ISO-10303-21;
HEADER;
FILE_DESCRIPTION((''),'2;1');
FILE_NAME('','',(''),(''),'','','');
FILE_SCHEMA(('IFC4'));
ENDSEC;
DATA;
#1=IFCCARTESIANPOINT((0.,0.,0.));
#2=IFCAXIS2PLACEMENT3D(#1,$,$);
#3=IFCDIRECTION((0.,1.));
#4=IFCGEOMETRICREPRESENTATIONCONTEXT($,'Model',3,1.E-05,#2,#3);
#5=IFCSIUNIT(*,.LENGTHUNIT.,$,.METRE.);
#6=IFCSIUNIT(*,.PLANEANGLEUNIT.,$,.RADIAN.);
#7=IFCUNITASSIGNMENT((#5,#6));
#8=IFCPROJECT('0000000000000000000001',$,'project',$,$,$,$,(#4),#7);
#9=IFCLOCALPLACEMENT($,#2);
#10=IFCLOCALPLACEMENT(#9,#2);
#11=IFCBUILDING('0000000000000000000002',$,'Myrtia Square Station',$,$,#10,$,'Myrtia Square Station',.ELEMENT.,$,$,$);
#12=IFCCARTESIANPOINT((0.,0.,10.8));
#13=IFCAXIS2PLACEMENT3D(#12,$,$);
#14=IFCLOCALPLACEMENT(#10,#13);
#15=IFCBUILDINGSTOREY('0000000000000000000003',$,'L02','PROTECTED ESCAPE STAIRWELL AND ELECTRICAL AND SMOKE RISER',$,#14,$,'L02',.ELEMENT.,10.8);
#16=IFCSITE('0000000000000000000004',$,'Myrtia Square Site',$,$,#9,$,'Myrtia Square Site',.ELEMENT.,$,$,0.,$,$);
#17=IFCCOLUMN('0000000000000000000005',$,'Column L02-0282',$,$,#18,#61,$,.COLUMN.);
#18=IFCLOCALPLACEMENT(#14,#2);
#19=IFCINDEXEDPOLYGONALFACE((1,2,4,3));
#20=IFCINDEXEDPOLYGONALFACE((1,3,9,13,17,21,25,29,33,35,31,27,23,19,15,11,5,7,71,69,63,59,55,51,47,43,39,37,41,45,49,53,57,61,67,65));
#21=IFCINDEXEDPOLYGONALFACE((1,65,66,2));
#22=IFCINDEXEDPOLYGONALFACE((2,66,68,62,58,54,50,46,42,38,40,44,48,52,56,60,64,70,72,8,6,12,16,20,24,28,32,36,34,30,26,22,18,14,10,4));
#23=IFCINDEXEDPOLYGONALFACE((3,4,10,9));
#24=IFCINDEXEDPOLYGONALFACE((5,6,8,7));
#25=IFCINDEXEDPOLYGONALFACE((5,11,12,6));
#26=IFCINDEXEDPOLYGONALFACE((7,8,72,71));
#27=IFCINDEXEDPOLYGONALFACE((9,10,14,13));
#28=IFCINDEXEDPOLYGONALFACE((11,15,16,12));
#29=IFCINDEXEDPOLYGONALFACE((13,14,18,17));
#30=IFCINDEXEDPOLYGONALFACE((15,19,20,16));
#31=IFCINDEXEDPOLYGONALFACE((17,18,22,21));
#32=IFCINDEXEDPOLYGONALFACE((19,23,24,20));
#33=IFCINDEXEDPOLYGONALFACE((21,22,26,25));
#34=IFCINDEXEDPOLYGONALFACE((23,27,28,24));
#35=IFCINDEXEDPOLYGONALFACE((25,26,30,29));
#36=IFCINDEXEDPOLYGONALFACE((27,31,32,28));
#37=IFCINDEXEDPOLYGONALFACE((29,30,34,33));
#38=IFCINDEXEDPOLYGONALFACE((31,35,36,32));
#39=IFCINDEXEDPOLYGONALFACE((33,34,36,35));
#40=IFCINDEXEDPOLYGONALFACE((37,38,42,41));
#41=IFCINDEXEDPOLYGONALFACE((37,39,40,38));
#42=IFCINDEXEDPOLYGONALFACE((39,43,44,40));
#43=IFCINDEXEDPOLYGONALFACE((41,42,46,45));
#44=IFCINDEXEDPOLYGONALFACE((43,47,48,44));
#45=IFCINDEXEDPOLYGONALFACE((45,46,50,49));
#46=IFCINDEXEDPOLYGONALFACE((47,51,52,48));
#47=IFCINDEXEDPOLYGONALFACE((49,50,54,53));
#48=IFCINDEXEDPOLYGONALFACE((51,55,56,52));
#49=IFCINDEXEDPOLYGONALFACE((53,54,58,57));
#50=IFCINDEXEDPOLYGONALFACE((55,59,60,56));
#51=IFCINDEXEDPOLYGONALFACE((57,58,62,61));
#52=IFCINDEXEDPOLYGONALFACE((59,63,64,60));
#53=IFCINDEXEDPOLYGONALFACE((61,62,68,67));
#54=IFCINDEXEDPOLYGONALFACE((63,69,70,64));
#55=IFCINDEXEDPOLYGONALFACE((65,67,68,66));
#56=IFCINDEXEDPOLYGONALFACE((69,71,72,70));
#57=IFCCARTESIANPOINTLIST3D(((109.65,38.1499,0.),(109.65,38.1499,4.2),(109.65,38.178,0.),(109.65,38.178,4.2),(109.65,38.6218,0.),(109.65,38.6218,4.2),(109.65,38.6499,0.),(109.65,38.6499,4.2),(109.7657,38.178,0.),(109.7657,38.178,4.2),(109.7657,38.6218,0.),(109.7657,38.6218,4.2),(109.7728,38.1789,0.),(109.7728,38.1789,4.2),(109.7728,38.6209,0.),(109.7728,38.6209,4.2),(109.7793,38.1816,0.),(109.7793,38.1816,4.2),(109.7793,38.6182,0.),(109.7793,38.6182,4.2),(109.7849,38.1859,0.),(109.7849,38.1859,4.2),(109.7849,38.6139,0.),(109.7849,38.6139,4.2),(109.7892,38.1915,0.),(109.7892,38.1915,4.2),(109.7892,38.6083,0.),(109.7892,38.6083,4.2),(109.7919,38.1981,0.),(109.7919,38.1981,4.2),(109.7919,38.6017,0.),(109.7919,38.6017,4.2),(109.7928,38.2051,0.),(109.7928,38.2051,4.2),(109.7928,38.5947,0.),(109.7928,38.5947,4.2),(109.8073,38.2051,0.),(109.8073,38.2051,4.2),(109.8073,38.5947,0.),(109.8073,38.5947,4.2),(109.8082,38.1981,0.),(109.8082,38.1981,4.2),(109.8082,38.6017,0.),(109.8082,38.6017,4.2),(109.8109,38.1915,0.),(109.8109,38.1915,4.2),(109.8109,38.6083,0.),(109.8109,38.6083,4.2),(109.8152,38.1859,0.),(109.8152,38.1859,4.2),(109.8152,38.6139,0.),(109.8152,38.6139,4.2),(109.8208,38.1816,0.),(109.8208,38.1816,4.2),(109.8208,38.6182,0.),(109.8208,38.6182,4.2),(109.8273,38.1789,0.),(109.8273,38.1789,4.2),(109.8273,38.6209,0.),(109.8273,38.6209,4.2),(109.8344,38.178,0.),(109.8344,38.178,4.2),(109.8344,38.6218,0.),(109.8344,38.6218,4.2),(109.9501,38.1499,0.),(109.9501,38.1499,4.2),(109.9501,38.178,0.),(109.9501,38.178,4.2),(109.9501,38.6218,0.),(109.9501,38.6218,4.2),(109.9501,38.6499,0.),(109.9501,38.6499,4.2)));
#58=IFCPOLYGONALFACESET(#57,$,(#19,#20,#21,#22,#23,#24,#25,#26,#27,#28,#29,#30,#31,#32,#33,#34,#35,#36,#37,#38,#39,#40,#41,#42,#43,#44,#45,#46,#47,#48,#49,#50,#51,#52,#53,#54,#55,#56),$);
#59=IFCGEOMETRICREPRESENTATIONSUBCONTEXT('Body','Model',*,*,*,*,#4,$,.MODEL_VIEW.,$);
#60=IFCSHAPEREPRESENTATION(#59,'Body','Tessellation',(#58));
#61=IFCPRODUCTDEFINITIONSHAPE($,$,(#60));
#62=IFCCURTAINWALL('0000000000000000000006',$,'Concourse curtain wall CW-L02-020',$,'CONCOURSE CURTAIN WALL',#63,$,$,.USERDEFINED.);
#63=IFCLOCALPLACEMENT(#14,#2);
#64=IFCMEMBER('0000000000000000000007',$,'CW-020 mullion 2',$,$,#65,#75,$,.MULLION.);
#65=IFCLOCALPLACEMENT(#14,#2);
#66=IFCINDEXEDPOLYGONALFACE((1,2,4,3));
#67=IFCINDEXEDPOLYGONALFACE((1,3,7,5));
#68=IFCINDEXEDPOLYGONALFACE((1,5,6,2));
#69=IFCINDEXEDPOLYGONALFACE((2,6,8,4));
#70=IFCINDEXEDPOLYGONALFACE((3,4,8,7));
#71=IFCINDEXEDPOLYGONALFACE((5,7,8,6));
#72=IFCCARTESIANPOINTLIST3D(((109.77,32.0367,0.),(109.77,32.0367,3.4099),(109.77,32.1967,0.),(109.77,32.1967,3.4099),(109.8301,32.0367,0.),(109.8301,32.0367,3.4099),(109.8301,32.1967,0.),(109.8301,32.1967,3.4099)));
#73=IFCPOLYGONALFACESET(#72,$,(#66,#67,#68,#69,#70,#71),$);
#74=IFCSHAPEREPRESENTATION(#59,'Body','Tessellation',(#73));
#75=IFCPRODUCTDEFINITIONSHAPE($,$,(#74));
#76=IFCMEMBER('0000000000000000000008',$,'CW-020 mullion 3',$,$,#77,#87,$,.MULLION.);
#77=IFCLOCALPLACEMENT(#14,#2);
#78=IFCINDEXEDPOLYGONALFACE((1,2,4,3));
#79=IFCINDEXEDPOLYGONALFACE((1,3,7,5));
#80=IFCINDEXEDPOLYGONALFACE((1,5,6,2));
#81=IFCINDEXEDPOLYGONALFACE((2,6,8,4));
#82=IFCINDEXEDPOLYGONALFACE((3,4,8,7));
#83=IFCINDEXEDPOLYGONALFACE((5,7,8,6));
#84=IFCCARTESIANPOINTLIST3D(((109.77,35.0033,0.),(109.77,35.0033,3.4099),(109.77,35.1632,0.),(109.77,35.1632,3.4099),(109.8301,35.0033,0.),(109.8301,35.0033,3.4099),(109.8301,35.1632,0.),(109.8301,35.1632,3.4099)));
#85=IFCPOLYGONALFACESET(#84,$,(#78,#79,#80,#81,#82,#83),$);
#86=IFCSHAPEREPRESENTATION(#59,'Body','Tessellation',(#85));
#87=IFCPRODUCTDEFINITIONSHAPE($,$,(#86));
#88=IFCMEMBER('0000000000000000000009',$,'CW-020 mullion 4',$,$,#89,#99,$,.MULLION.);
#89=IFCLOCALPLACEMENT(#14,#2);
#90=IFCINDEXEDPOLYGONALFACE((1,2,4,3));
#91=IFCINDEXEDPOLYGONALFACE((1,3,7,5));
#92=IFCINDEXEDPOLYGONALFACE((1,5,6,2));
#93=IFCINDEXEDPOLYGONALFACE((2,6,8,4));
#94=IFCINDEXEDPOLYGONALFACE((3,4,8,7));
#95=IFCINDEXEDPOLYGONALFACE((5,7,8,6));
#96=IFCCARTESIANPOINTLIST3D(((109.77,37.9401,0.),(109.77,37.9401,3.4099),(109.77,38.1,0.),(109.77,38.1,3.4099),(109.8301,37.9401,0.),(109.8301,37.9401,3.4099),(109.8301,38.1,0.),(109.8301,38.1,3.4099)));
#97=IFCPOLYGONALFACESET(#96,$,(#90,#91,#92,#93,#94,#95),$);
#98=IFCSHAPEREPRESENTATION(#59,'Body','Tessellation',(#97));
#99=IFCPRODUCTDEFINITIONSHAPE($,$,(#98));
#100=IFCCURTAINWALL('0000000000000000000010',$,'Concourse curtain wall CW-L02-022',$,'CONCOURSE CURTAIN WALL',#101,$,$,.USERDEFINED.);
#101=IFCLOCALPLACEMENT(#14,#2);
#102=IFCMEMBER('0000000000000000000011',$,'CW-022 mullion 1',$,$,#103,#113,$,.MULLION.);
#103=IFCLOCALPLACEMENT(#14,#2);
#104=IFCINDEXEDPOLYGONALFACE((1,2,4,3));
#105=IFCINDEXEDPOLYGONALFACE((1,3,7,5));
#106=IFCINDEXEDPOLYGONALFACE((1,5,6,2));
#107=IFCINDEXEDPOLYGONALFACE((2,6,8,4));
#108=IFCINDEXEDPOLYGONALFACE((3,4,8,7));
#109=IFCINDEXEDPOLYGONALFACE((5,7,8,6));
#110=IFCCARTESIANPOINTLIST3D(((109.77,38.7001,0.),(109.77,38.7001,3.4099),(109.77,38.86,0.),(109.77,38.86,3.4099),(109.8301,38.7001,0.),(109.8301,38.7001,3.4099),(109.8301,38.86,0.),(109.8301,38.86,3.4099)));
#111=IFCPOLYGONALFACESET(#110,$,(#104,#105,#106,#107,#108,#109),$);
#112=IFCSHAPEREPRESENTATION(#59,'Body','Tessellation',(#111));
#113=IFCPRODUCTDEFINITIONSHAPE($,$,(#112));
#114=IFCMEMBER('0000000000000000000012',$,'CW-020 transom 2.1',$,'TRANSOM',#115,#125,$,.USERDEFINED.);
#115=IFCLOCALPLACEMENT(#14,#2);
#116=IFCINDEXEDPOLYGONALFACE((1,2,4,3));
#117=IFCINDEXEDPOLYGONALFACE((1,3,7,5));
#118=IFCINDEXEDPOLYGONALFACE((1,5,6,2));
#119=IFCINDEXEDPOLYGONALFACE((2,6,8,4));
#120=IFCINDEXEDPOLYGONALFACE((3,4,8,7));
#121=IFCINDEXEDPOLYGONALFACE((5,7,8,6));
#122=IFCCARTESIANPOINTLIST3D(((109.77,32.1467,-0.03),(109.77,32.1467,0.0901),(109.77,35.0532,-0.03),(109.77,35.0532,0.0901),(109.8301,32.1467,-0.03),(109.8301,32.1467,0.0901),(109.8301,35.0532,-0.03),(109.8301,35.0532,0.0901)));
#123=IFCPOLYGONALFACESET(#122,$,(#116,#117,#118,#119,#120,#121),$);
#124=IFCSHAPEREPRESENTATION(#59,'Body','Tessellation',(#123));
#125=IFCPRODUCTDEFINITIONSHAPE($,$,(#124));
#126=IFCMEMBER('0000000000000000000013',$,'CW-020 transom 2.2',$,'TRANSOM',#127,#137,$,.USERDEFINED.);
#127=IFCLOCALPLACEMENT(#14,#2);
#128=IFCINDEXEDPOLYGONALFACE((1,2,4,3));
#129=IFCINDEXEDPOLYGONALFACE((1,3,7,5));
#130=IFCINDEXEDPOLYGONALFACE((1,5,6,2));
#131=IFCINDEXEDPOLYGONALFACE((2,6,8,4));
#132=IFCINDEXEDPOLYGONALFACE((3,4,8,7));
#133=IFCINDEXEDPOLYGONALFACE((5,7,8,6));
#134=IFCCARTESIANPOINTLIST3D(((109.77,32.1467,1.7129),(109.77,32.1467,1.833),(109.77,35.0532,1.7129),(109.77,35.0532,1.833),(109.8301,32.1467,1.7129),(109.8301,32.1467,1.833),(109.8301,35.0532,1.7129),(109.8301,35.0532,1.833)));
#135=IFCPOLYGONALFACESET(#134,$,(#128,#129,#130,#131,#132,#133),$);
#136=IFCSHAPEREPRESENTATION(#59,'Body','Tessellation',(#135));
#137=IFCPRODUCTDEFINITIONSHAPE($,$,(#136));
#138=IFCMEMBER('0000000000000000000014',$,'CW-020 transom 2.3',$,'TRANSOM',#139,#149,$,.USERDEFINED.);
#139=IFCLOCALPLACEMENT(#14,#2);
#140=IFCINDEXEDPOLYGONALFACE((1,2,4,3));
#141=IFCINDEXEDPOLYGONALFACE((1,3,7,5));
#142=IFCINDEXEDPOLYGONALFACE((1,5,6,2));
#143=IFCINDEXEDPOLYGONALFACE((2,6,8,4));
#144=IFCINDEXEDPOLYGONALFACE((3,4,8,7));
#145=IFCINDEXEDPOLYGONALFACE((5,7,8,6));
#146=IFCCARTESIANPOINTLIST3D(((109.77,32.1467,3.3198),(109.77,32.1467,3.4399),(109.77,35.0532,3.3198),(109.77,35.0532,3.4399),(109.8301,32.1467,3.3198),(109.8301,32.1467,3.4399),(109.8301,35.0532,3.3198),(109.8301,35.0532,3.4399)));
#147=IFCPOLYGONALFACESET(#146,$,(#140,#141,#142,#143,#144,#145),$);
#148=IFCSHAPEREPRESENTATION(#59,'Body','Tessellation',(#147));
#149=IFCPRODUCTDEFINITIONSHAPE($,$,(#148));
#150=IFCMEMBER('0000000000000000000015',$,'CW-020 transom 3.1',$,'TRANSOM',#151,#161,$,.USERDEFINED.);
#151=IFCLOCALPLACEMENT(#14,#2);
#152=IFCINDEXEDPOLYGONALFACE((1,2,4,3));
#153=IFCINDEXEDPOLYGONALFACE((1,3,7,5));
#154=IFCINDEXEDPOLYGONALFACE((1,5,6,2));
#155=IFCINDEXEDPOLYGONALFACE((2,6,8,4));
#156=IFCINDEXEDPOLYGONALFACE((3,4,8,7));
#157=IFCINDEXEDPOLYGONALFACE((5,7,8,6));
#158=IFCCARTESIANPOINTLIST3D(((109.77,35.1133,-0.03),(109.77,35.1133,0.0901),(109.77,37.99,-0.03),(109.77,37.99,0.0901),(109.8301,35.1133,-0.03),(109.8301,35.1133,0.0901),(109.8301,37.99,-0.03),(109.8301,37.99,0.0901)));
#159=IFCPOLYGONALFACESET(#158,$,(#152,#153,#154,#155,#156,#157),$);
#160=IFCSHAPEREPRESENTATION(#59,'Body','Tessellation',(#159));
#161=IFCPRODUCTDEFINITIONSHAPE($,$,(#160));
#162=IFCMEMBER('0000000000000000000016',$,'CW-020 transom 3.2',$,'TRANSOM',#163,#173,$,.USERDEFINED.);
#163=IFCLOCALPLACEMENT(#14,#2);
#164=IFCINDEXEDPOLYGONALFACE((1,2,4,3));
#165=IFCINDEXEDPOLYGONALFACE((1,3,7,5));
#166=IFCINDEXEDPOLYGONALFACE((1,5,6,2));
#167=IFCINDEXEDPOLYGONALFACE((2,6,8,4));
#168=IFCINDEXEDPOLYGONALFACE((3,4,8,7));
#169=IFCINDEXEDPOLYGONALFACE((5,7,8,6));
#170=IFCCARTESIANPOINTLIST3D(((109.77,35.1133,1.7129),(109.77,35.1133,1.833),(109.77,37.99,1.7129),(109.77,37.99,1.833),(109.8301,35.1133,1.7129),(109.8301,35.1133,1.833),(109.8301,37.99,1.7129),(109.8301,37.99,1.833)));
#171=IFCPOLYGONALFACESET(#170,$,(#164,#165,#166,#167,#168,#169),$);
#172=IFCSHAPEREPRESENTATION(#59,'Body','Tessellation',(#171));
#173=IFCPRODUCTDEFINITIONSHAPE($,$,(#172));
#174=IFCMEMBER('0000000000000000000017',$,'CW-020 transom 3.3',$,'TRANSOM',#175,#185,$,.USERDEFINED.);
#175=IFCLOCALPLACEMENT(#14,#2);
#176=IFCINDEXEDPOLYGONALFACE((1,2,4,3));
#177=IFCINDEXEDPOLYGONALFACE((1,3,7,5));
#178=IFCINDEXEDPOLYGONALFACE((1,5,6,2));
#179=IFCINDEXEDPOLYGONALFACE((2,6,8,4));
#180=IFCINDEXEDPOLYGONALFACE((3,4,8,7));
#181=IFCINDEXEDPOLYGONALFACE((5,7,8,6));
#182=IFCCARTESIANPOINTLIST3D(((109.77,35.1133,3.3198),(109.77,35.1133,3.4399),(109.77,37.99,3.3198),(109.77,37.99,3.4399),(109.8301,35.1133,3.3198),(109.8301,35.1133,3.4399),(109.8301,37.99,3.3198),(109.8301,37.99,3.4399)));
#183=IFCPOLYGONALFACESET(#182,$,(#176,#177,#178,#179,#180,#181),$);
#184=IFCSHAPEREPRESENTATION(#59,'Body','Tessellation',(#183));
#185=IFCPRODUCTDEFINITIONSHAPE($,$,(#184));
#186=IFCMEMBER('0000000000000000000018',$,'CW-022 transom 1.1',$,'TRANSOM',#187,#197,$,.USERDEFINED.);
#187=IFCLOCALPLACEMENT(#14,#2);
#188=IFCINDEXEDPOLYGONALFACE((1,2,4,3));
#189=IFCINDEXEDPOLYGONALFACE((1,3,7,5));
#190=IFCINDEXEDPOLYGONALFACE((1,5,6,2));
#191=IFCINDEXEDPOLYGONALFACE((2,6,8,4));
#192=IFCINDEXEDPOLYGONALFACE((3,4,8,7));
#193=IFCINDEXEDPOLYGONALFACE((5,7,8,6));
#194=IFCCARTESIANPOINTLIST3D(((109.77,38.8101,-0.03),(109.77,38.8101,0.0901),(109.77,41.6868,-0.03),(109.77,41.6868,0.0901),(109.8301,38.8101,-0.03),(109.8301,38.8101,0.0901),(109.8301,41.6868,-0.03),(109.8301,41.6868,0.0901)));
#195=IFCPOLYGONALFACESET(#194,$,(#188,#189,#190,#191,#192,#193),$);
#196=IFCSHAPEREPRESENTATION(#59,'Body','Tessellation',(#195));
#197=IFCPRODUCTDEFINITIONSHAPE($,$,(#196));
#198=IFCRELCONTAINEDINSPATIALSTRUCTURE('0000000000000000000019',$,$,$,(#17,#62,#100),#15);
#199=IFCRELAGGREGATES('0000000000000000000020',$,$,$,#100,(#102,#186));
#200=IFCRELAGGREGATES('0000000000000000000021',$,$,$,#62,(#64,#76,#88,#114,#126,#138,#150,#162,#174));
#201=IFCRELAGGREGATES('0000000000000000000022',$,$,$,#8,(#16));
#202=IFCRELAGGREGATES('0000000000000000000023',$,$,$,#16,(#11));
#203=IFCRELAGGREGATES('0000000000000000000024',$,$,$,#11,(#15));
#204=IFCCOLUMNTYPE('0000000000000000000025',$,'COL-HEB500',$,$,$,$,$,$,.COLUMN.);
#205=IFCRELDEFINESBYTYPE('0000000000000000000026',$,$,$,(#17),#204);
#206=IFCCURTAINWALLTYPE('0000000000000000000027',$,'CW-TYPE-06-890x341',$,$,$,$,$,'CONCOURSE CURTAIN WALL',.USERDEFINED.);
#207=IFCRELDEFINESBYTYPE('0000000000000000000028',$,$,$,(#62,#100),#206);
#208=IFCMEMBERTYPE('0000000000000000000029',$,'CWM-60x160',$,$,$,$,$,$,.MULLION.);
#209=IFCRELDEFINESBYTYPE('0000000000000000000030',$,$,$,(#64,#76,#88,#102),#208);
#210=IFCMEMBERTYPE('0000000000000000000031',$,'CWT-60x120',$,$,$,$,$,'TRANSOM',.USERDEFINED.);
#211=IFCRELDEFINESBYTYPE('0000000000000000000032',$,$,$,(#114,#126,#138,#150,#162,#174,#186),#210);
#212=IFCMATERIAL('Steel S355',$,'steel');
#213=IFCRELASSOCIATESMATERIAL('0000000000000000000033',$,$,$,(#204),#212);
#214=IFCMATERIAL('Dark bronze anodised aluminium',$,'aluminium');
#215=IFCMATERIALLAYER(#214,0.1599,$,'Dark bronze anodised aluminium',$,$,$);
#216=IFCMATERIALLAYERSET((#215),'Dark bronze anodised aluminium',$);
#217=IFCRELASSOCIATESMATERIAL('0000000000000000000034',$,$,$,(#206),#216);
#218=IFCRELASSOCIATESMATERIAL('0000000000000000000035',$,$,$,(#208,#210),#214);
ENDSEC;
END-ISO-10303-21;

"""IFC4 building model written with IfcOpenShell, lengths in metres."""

from ifc_helpers import new_model, si_unit, direction, frame, origin, origin_2d, place, context, subcontext, project, spatial, rectangle, i_section, extrude, material, layer, layer_set, material_profile, profile_set, type_object, element, aggregate, save


model = new_model("IFC4")

# Units and contexts
model_context = context("Model", 3, precision=1e-05, world=origin(), true_north=direction((0.0, 1.0)))
body_context = subcontext(model_context, "Body", "Model", "MODEL_VIEW")
ifc_project = project(units=[si_unit("LENGTHUNIT", "METRE"), si_unit("PLANEANGLEUNIT", "RADIAN")], contexts=[model_context])

# Site, building, storey
site_placement = place(None, origin())
site = spatial("IfcSite", under=ifc_project, at=site_placement, Name="Myrtia Square Site", LongName="Myrtia Square Site", CompositionType="ELEMENT", RefElevation=0.0)
building_placement = place(site_placement, origin())
building = spatial("IfcBuilding", under=site, at=building_placement, Name="Myrtia Square Station", LongName="Myrtia Square Station", CompositionType="ELEMENT")
storey_placement = place(building_placement, frame((0.0, 0.0, 10.8)))
storey = spatial("IfcBuildingStorey", under=building, at=storey_placement, Name="L02", Description="PROTECTED ESCAPE STAIRWELL AND ELECTRICAL AND SMOKE RISER", LongName="L02", CompositionType="ELEMENT", Elevation=10.8)

# Column
ifc_material_1 = material(Name="Steel S355", Category="steel")
ifc_material_profile_1 = material_profile(ifc_material_1, i_section(OverallWidth=0.3, OverallDepth=0.5, WebThickness=0.0144, FlangeThickness=0.0281, FilletRadius=0.0271, at=origin_2d()), Name="HEB 500")
ifc_profile_set_1 = profile_set([ifc_material_profile_1], Name="Steel S355")
column_type = type_object("IfcColumnType", Name="COL-HEB500", PredefinedType="COLUMN", material=ifc_profile_set_1)
column_placement = place(storey_placement, frame((109.8, 38.3999, 0.0), z_axis=(0.0, 0.0, 1.0), x_axis=(1.0, 0.0, 0.0)))
element("IfcColumn", 1, at=column_placement, inside=storey, type_object=column_type, Name="Column L02-0282", PredefinedType="COLUMN", context=body_context, shape_type="SweptSolid", body=[
    extrude(i_section(OverallWidth=0.3, OverallDepth=0.5, WebThickness=0.0144, FlangeThickness=0.0281, FilletRadius=0.0271, at=origin_2d()), origin(), (0.0, 0.0, 1.0), 4.2),
])

# Curtain wall, members
ifc_material_2 = material(Name="Dark bronze anodised aluminium", Category="aluminium")
ifc_layer_1 = layer(ifc_material_2, 0.1599, Name="Dark bronze anodised aluminium")
ifc_layer_set_1 = layer_set([ifc_layer_1], Name="Dark bronze anodised aluminium")
curtain_wall_type = type_object("IfcCurtainWallType", Name="CW-TYPE-06-890x341", ElementType="CONCOURSE CURTAIN WALL", PredefinedType="USERDEFINED", material=ifc_layer_set_1)
curtain_wall_1_placement = place(storey_placement, origin())
curtain_wall_1 = element("IfcCurtainWall", 2, at=curtain_wall_1_placement, inside=storey, type_object=curtain_wall_type, Name="Concourse curtain wall CW-L02-020", ObjectType="CONCOURSE CURTAIN WALL", PredefinedType="USERDEFINED")
ifc_material_profile_2 = material_profile(ifc_material_2, rectangle(XDim=0.0601, YDim=0.1599, at=origin_2d()), Name="ALU-M 60x160")
ifc_profile_set_2 = profile_set([ifc_material_profile_2], Name="Dark bronze anodised aluminium")
member_type_1 = type_object("IfcMemberType", Name="CWM-60x160", PredefinedType="MULLION", material=ifc_profile_set_2)
member_1_placement = place(storey_placement, frame((109.8, 32.1167, 0.0), z_axis=(0.0, 0.0, 1.0), x_axis=(-1.0, 0.0, 0.0)))
member_1 = element("IfcMember", 3, at=member_1_placement, type_object=member_type_1, Name="CW-020 mullion 2", PredefinedType="MULLION", context=body_context, shape_type="SweptSolid", body=[
    extrude(rectangle(XDim=0.0601, YDim=0.1599, at=origin_2d()), origin(), (0.0, 0.0, 1.0), 3.4099),
])
member_2_placement = place(storey_placement, frame((109.8, 35.0833, 0.0), z_axis=(0.0, 0.0, 1.0), x_axis=(-1.0, 0.0, 0.0)))
member_2 = element("IfcMember", 4, at=member_2_placement, type_object=member_type_1, Name="CW-020 mullion 3", PredefinedType="MULLION", context=body_context, shape_type="SweptSolid", body=[
    extrude(rectangle(XDim=0.0601, YDim=0.1599, at=origin_2d()), origin(), (0.0, 0.0, 1.0), 3.4099),
])
member_3_placement = place(storey_placement, frame((109.8, 38.02, 0.0), z_axis=(0.0, 0.0, 1.0), x_axis=(-1.0, 0.0, 0.0)))
member_3 = element("IfcMember", 5, at=member_3_placement, type_object=member_type_1, Name="CW-020 mullion 4", PredefinedType="MULLION", context=body_context, shape_type="SweptSolid", body=[
    extrude(rectangle(XDim=0.0601, YDim=0.1599, at=origin_2d()), origin(), (0.0, 0.0, 1.0), 3.4099),
])

# Curtain wall, member
curtain_wall_2_placement = place(storey_placement, origin())
curtain_wall_2 = element("IfcCurtainWall", 6, at=curtain_wall_2_placement, inside=storey, type_object=curtain_wall_type, Name="Concourse curtain wall CW-L02-022", ObjectType="CONCOURSE CURTAIN WALL", PredefinedType="USERDEFINED")
member_4_placement = place(storey_placement, frame((109.8, 38.78, 0.0), z_axis=(0.0, 0.0, 1.0), x_axis=(-1.0, 0.0, 0.0)))
member_4 = element("IfcMember", 7, at=member_4_placement, type_object=member_type_1, Name="CW-022 mullion 1", PredefinedType="MULLION", context=body_context, shape_type="SweptSolid", body=[
    extrude(rectangle(XDim=0.0601, YDim=0.1599, at=origin_2d()), origin(), (0.0, 0.0, 1.0), 3.4099),
])

# Members
ifc_material_profile_3 = material_profile(ifc_material_2, rectangle(XDim=0.0601, YDim=0.1201, at=origin_2d()), Name="ALU-T 60x120")
ifc_profile_set_3 = profile_set([ifc_material_profile_3], Name="Dark bronze anodised aluminium")
member_type_2 = type_object("IfcMemberType", Name="CWT-60x120", ElementType="TRANSOM", PredefinedType="USERDEFINED", material=ifc_profile_set_3)
member_5_placement = place(storey_placement, frame((109.8, 32.1467, 0.03), z_axis=(0.0, 1.0, 0.0), x_axis=(-1.0, 0.0, 0.0)))
member_5 = element("IfcMember", 8, at=member_5_placement, type_object=member_type_2, Name="CW-020 transom 2.1", ObjectType="TRANSOM", PredefinedType="USERDEFINED", context=body_context, shape_type="SweptSolid", body=[
    extrude(rectangle(XDim=0.0601, YDim=0.1201, at=origin_2d()), origin(), (0.0, 0.0, 1.0), 2.9065),
])
member_6_placement = place(storey_placement, frame((109.8, 32.1467, 1.7729), z_axis=(0.0, 1.0, 0.0), x_axis=(-1.0, 0.0, 0.0)))
member_6 = element("IfcMember", 9, at=member_6_placement, type_object=member_type_2, Name="CW-020 transom 2.2", ObjectType="TRANSOM", PredefinedType="USERDEFINED", context=body_context, shape_type="SweptSolid", body=[
    extrude(rectangle(XDim=0.0601, YDim=0.1201, at=origin_2d()), origin(), (0.0, 0.0, 1.0), 2.9065),
])
member_7_placement = place(storey_placement, frame((109.8, 32.1467, 3.3799), z_axis=(0.0, 1.0, 0.0), x_axis=(-1.0, 0.0, 0.0)))
member_7 = element("IfcMember", 10, at=member_7_placement, type_object=member_type_2, Name="CW-020 transom 2.3", ObjectType="TRANSOM", PredefinedType="USERDEFINED", context=body_context, shape_type="SweptSolid", body=[
    extrude(rectangle(XDim=0.0601, YDim=0.1201, at=origin_2d()), origin(), (0.0, 0.0, 1.0), 2.9065),
])
member_8_placement = place(storey_placement, frame((109.8, 35.1133, 0.03), z_axis=(0.0, 1.0, 0.0), x_axis=(-1.0, 0.0, 0.0)))
member_8 = element("IfcMember", 11, at=member_8_placement, type_object=member_type_2, Name="CW-020 transom 3.1", ObjectType="TRANSOM", PredefinedType="USERDEFINED", context=body_context, shape_type="SweptSolid", body=[
    extrude(rectangle(XDim=0.0601, YDim=0.1201, at=origin_2d()), origin(), (0.0, 0.0, 1.0), 2.8767),
])
member_9_placement = place(storey_placement, frame((109.8, 35.1133, 1.7729), z_axis=(0.0, 1.0, 0.0), x_axis=(-1.0, 0.0, 0.0)))
member_9 = element("IfcMember", 12, at=member_9_placement, type_object=member_type_2, Name="CW-020 transom 3.2", ObjectType="TRANSOM", PredefinedType="USERDEFINED", context=body_context, shape_type="SweptSolid", body=[
    extrude(rectangle(XDim=0.0601, YDim=0.1201, at=origin_2d()), origin(), (0.0, 0.0, 1.0), 2.8767),
])
member_10_placement = place(storey_placement, frame((109.8, 35.1133, 3.3799), z_axis=(0.0, 1.0, 0.0), x_axis=(-1.0, 0.0, 0.0)))
member_10 = element("IfcMember", 13, at=member_10_placement, type_object=member_type_2, Name="CW-020 transom 3.3", ObjectType="TRANSOM", PredefinedType="USERDEFINED", context=body_context, shape_type="SweptSolid", body=[
    extrude(rectangle(XDim=0.0601, YDim=0.1201, at=origin_2d()), origin(), (0.0, 0.0, 1.0), 2.8767),
])
member_11_placement = place(storey_placement, frame((109.8, 38.8101, 0.03), z_axis=(0.0, 1.0, 0.0), x_axis=(-1.0, 0.0, 0.0)))
member_11 = element("IfcMember", 14, at=member_11_placement, type_object=member_type_2, Name="CW-022 transom 1.1", ObjectType="TRANSOM", PredefinedType="USERDEFINED", context=body_context, shape_type="SweptSolid", body=[
    extrude(rectangle(XDim=0.0601, YDim=0.1201, at=origin_2d()), origin(), (0.0, 0.0, 1.0), 2.8767),
])
aggregate(curtain_wall_2, [member_4, member_11])

aggregate(curtain_wall_1, [member_1, member_2, member_3, member_5, member_6, member_7, member_8, member_9, member_10])

save(model, "model.ifc")
